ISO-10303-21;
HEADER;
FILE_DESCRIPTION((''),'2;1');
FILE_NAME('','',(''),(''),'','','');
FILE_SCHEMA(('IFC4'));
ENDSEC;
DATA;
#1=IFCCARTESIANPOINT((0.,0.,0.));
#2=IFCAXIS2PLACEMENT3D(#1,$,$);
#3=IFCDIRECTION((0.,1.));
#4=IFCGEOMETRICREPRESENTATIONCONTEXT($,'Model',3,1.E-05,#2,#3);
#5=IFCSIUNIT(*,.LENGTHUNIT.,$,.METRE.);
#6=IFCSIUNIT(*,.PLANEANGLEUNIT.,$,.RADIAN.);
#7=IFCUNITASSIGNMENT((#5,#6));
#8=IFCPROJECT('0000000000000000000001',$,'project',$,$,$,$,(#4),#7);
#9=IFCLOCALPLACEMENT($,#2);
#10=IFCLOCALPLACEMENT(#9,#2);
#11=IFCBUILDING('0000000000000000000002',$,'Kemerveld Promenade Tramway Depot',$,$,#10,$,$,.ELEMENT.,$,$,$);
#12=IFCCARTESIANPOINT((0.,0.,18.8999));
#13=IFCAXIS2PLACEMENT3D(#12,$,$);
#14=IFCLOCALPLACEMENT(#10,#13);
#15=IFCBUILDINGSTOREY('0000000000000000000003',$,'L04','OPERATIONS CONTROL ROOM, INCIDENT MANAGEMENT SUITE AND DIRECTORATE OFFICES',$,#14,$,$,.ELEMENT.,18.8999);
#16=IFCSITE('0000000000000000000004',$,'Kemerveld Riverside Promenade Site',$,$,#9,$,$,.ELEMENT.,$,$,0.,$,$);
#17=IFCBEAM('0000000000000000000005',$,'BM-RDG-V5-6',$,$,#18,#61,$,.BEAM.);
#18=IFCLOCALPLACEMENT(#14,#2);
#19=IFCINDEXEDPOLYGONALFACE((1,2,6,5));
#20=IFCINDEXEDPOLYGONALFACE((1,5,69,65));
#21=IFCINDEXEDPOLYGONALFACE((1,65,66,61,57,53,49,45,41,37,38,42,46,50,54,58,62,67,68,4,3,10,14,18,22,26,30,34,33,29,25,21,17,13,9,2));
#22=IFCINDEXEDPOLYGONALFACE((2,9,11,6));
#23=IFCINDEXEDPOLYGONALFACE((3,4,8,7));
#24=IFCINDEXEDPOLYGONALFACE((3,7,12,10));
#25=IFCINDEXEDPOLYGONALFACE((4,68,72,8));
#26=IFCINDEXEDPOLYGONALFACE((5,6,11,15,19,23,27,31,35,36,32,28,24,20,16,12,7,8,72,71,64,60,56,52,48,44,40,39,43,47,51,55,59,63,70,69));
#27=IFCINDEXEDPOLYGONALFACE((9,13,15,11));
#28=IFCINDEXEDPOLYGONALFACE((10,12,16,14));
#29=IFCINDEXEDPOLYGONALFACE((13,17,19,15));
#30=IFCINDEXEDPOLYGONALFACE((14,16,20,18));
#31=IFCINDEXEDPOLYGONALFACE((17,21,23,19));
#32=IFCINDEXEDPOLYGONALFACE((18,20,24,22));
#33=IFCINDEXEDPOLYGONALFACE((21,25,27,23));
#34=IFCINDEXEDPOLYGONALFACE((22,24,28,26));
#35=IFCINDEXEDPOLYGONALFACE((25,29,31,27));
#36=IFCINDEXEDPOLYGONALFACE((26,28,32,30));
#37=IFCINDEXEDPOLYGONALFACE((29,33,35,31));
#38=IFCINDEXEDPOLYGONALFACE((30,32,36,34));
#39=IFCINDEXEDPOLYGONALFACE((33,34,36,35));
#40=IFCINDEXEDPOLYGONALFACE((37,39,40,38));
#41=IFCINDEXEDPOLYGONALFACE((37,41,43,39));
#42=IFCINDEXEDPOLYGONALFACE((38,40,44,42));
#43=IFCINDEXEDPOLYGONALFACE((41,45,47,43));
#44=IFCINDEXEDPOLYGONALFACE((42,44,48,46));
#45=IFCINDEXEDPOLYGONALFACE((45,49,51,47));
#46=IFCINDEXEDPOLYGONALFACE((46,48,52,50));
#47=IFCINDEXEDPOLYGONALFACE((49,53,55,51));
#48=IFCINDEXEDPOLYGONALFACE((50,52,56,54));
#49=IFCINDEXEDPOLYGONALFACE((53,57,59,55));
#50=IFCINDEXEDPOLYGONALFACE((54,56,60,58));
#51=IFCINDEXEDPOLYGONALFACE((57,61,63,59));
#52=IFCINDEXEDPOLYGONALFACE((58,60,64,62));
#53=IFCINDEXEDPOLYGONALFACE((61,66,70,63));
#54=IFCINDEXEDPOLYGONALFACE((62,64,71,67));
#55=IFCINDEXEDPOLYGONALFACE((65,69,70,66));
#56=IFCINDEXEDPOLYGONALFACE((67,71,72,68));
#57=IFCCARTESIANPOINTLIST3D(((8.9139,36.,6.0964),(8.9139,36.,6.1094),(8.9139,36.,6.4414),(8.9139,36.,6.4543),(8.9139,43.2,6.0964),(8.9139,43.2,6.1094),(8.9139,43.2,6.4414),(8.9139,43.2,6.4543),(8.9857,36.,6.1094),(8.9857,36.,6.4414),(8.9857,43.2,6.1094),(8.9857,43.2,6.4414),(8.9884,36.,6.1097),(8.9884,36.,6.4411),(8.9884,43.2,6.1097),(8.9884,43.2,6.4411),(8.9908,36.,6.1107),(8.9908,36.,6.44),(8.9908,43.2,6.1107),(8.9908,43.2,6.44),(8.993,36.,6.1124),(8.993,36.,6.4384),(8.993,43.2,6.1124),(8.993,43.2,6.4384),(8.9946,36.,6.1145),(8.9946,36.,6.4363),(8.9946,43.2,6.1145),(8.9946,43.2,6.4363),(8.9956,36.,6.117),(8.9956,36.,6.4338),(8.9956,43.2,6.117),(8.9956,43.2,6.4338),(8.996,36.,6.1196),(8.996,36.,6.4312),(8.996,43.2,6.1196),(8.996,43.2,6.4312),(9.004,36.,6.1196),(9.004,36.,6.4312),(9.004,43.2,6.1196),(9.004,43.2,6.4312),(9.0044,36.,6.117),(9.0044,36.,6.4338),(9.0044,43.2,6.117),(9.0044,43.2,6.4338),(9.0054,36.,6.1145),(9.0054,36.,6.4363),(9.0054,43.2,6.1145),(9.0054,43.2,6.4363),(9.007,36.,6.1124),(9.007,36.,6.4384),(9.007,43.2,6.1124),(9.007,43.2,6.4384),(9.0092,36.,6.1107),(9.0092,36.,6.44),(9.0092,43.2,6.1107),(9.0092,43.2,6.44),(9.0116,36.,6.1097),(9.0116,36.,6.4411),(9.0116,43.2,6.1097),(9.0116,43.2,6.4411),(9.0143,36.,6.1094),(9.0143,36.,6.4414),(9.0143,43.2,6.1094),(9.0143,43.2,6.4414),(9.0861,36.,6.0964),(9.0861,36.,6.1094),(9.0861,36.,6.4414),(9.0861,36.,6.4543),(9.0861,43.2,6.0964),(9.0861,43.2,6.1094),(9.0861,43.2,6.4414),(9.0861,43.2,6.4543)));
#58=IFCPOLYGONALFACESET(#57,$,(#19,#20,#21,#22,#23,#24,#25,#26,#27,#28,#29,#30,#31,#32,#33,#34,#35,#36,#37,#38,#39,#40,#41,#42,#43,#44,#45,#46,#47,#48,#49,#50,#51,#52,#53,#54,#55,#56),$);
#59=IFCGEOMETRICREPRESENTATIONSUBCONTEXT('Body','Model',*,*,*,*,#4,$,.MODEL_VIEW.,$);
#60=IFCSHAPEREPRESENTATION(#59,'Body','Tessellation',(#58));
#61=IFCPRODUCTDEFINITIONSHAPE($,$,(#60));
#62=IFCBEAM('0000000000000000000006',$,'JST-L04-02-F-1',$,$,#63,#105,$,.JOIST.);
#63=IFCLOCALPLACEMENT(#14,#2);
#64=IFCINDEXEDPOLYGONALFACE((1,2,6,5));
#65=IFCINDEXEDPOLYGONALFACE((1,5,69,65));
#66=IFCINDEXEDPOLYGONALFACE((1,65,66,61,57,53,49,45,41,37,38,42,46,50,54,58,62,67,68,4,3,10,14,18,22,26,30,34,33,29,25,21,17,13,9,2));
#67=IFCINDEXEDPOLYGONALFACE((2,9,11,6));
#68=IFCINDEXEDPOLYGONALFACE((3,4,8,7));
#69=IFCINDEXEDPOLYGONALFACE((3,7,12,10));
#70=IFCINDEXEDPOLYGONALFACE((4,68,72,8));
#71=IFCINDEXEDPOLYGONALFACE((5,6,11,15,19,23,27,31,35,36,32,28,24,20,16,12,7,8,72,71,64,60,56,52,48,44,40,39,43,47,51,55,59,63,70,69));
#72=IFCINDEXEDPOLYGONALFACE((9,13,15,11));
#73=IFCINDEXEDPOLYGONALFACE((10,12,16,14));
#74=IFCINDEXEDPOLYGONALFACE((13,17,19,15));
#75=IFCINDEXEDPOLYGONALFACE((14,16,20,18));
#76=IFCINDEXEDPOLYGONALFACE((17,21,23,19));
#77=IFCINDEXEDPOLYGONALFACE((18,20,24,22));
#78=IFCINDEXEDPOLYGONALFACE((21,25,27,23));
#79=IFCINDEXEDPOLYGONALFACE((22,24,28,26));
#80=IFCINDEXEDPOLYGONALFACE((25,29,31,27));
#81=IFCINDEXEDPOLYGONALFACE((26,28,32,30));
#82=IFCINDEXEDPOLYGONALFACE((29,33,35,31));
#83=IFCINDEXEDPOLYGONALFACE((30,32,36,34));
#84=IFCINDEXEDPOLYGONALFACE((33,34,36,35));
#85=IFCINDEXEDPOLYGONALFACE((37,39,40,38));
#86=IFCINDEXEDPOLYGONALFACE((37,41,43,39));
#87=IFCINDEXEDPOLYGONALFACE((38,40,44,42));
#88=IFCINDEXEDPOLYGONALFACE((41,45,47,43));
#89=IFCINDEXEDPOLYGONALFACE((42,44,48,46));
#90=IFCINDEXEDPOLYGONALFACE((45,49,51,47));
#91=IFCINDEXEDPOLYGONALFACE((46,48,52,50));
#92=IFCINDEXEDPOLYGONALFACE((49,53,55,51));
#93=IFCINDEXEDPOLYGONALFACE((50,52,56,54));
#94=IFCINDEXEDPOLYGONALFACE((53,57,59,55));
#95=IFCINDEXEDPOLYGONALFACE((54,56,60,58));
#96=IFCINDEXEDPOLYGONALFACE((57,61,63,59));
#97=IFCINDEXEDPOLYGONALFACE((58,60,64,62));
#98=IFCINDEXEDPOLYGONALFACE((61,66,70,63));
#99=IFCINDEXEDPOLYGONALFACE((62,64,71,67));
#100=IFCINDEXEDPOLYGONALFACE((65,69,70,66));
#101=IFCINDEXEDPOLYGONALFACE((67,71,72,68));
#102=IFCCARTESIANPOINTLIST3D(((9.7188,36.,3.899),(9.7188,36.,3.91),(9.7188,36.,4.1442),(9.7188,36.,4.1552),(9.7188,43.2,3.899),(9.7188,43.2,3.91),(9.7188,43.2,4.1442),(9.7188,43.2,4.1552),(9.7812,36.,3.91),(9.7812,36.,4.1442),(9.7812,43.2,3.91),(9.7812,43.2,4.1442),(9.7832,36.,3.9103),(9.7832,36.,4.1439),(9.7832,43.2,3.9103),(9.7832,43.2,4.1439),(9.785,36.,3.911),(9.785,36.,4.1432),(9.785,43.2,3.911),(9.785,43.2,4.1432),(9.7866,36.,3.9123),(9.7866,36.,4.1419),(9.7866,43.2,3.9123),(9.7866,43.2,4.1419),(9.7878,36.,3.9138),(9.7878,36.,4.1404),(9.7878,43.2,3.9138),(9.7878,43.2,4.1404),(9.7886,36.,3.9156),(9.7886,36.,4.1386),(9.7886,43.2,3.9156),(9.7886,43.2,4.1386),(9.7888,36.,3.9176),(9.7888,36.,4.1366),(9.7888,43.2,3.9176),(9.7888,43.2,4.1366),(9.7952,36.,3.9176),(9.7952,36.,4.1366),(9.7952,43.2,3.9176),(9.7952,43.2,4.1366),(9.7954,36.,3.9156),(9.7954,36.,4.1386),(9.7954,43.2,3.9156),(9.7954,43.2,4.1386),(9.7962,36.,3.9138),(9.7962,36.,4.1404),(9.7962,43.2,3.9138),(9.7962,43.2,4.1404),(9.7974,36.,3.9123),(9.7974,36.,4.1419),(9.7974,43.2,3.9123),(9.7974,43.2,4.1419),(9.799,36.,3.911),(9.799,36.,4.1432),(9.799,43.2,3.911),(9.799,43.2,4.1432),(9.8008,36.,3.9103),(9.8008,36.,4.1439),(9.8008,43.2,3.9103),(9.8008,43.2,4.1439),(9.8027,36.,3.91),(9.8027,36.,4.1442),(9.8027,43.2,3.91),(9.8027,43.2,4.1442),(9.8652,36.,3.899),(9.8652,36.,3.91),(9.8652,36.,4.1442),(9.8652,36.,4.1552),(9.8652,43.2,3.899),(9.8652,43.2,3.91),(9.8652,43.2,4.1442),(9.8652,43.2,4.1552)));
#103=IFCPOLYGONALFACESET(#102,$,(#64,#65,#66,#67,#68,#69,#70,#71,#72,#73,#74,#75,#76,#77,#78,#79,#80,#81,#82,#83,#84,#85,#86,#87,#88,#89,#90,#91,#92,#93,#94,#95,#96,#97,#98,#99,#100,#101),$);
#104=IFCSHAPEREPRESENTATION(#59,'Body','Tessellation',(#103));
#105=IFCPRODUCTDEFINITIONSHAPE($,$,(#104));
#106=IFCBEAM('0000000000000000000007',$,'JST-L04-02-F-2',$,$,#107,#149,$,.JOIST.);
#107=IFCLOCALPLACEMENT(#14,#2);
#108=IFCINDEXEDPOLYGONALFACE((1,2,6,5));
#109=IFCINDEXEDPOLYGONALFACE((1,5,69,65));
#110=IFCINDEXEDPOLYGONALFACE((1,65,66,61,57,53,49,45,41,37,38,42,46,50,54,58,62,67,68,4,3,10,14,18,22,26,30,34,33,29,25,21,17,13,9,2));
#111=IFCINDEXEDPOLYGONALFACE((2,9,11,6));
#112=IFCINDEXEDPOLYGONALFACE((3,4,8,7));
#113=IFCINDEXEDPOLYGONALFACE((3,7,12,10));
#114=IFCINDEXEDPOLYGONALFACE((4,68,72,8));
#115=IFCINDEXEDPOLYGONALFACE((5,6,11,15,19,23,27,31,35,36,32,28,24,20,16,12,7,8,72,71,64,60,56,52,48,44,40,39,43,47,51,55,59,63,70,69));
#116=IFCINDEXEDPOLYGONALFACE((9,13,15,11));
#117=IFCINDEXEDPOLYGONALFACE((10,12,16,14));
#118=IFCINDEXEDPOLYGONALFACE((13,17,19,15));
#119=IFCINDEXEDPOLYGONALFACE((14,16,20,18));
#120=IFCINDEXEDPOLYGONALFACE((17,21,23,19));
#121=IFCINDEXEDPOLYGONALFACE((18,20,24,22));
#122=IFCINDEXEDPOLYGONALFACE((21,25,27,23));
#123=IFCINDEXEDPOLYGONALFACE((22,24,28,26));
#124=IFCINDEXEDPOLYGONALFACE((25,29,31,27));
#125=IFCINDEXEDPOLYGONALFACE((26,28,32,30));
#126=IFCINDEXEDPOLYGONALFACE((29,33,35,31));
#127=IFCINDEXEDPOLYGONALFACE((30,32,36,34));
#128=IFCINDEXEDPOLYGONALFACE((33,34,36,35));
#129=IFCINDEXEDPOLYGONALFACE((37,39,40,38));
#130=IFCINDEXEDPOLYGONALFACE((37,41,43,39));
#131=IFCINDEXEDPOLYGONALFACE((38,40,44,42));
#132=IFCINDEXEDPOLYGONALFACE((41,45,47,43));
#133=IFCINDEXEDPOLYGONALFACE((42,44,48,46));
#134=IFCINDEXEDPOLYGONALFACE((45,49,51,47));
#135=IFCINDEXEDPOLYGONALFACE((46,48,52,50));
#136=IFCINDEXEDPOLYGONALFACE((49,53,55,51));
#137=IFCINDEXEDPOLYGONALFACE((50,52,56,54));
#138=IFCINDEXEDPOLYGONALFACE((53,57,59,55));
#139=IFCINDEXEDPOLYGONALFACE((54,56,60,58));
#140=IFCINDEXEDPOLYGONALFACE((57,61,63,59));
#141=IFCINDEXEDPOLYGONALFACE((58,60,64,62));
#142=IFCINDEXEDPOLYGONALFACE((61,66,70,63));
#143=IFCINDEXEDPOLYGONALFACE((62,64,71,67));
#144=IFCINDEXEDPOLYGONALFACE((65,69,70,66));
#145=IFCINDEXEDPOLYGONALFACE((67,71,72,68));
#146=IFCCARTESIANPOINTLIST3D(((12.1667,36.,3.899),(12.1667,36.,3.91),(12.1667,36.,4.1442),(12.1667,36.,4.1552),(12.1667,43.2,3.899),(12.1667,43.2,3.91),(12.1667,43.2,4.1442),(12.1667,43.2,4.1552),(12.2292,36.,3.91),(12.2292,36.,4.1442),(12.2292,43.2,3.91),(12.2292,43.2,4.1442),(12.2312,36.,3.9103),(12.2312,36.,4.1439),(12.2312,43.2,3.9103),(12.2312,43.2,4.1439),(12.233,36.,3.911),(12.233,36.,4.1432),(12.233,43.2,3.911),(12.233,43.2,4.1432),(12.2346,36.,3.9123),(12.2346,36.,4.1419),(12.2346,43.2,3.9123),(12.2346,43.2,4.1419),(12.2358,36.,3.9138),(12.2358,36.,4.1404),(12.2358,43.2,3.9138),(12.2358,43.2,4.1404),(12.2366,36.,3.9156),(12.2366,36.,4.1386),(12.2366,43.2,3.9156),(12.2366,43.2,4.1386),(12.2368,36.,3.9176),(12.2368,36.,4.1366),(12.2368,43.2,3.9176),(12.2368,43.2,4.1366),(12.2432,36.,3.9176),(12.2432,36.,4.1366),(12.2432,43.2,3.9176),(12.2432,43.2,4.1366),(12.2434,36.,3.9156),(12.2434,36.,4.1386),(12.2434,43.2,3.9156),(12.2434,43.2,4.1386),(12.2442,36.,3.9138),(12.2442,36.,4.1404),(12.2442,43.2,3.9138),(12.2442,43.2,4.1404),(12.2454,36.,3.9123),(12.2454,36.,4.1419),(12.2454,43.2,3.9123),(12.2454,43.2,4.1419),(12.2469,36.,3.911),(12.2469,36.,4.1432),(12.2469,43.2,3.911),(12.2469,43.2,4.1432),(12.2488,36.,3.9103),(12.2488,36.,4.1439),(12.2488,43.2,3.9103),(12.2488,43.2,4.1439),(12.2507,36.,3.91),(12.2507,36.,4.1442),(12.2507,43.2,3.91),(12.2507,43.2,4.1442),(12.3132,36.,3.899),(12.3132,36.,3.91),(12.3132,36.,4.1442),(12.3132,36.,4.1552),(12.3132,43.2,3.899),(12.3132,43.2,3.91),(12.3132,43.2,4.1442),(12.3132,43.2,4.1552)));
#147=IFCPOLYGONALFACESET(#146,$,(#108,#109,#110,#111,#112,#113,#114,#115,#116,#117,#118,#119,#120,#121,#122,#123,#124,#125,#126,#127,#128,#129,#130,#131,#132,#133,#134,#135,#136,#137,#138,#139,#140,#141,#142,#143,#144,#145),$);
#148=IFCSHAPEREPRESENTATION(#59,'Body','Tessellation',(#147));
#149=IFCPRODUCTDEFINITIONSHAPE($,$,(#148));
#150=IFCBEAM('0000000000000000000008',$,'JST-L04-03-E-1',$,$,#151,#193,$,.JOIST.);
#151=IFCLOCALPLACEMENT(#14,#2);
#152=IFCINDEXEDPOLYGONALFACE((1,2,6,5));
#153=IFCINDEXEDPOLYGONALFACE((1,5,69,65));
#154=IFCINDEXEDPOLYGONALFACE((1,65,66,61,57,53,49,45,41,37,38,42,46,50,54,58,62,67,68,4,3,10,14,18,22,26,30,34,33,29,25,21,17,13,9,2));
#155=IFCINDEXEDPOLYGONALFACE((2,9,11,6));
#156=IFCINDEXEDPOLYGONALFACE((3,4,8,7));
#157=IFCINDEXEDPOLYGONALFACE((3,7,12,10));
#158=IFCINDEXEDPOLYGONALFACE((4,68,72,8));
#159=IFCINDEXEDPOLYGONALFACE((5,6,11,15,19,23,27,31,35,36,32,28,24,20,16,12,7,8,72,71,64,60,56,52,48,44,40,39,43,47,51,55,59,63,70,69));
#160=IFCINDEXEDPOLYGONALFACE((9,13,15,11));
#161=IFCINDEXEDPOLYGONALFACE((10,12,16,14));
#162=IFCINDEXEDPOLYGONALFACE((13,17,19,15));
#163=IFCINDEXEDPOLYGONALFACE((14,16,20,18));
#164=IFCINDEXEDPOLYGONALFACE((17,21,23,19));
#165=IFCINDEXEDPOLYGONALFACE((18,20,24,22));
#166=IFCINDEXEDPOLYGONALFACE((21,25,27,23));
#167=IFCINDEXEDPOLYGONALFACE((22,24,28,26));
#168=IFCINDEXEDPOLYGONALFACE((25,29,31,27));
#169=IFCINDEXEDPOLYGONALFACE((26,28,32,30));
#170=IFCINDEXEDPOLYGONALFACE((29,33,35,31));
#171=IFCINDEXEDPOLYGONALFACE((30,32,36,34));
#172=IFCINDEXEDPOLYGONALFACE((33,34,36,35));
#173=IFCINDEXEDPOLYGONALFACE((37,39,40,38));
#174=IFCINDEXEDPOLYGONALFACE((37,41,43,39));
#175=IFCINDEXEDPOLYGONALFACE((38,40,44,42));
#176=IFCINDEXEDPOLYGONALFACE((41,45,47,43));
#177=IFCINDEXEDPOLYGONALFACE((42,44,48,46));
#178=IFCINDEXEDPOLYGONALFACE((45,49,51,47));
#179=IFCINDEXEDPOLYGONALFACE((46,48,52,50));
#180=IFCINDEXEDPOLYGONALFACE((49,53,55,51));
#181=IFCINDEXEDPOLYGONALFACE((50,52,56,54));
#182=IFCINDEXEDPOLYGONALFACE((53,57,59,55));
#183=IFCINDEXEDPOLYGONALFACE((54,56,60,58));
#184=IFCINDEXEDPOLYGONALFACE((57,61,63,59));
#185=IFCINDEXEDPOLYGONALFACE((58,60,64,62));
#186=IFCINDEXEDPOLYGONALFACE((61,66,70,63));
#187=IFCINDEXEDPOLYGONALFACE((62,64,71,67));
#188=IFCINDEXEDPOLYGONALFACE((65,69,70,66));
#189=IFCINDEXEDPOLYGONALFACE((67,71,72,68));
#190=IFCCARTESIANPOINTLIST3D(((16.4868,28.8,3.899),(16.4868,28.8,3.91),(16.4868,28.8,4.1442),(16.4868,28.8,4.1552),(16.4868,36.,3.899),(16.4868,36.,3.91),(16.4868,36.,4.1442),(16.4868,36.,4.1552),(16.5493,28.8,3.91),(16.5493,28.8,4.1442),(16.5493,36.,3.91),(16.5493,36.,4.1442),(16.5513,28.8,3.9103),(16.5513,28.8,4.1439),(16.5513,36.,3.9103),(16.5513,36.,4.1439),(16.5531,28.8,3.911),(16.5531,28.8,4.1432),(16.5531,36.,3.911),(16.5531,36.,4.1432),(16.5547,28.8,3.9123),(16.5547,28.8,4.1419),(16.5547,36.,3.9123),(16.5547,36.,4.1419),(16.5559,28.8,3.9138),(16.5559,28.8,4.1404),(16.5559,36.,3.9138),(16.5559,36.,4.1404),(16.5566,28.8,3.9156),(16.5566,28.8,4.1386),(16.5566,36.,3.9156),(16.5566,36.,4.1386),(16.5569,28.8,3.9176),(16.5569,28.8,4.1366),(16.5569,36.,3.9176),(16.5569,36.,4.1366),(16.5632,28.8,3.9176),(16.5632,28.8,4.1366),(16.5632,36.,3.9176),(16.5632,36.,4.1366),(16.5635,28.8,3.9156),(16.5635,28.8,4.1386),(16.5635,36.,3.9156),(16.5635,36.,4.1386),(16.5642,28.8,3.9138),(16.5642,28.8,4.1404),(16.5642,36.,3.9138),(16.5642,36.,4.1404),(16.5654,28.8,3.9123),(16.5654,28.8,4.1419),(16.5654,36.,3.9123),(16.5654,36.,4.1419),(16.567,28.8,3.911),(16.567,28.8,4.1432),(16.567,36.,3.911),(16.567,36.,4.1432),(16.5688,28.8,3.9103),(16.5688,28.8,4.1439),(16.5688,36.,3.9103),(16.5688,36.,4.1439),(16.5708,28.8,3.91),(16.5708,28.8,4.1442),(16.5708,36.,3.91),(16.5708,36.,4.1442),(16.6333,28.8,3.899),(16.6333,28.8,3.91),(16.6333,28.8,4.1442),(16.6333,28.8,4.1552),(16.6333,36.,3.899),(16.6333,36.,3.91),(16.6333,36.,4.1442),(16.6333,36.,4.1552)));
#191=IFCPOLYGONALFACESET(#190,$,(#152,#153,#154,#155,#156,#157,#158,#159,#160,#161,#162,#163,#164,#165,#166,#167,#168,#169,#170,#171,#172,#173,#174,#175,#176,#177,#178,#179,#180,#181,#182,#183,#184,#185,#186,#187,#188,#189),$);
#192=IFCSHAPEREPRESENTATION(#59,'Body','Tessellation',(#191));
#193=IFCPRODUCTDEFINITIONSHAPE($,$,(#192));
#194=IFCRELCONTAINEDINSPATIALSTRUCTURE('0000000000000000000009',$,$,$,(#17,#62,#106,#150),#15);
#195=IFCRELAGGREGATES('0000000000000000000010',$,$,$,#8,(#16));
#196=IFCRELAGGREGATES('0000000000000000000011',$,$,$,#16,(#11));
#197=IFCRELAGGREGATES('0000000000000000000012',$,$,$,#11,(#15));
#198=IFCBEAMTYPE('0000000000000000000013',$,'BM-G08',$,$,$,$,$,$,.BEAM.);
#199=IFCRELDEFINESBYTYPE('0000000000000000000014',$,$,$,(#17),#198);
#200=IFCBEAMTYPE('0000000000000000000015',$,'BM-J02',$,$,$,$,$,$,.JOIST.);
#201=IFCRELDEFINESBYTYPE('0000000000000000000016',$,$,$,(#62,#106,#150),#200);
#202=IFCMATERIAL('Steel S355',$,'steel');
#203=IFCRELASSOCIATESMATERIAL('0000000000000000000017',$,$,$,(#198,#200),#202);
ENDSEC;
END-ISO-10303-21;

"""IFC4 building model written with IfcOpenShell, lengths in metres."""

from ifc_helpers import new_model, si_unit, direction, frame, origin, origin_2d, place, context, subcontext, project, spatial, i_section, extrude, material, material_profile, profile_set, type_object, element, save


model = new_model("IFC4")

# Units and contexts
model_context = context("Model", 3, precision=1e-05, world=origin(), true_north=direction((0.0, 1.0)))
body_context = subcontext(model_context, "Body", "Model", "MODEL_VIEW")
ifc_project = project(units=[si_unit("LENGTHUNIT", "METRE"), si_unit("PLANEANGLEUNIT", "RADIAN")], contexts=[model_context])

# Site, building, storey
site_placement = place(None, origin())
site = spatial("IfcSite", under=ifc_project, at=site_placement, Name="Kemerveld Riverside Promenade Site", CompositionType="ELEMENT", RefElevation=0.0)
building_placement = place(site_placement, origin())
building = spatial("IfcBuilding", under=site, at=building_placement, Name="Kemerveld Promenade Tramway Depot", CompositionType="ELEMENT")
storey_placement = place(building_placement, frame((0.0, 0.0, 18.8999)))
storey = spatial("IfcBuildingStorey", under=building, at=storey_placement, Name="L04", Description="OPERATIONS CONTROL ROOM, INCIDENT MANAGEMENT SUITE AND DIRECTORATE OFFICES", CompositionType="ELEMENT", Elevation=18.8999)

# Shared definitions
ifc_material_1 = material(Name="Steel S355", Category="steel")

# Beams
ifc_material_profile_1 = material_profile(ifc_material_1, i_section(OverallWidth=0.1721, OverallDepth=0.3579, WebThickness=0.0081, FlangeThickness=0.0129, FilletRadius=0.0103, at=origin_2d()), Name="356x171x57 UB")
ifc_profile_set_1 = profile_set([ifc_material_profile_1], Name="Steel S355")
beam_type_1 = type_object("IfcBeamType", Name="BM-G08", PredefinedType="BEAM", material=ifc_profile_set_1)
for number, where, z_axis, x_axis, name in (
    (1, (9.0, 36.0, 6.2754), (0.0, 1.0, 0.0), (-1.0, 0.0, 0.0), "BM-RDG-V5-6"),
):
    element("IfcBeam", number, at=place(storey_placement, frame(where, z_axis=z_axis, x_axis=x_axis)), inside=storey, type_object=beam_type_1, Name=name, PredefinedType="BEAM", context=body_context, shape_type="SweptSolid", body=[
        extrude(i_section(OverallWidth=0.1721, OverallDepth=0.3579, WebThickness=0.0081, FlangeThickness=0.0129, FilletRadius=0.0103, at=origin_2d()), origin(), (0.0, 0.0, 1.0), 7.2),
    ])
ifc_material_profile_2 = material_profile(ifc_material_1, i_section(OverallWidth=0.1465, OverallDepth=0.2561, WebThickness=0.0063, FlangeThickness=0.011, FilletRadius=0.0076, at=origin_2d()), Name="254x146x37 UB")
ifc_profile_set_2 = profile_set([ifc_material_profile_2], Name="Steel S355")
beam_type_2 = type_object("IfcBeamType", Name="BM-J02", PredefinedType="JOIST", material=ifc_profile_set_2)
for number, where, z_axis, x_axis, name in (
    (2, (9.792, 36.0, 4.0271), (0.0, 1.0, 0.0), (-1.0, 0.0, 0.0), "JST-L04-02-F-1"),
    (3, (12.24, 36.0, 4.0271), (0.0, 1.0, 0.0), (-1.0, 0.0, 0.0), "JST-L04-02-F-2"),
    (4, (16.5601, 28.8, 4.0271), (0.0, 1.0, 0.0), (-1.0, 0.0, 0.0), "JST-L04-03-E-1"),
):
    element("IfcBeam", number, at=place(storey_placement, frame(where, z_axis=z_axis, x_axis=x_axis)), inside=storey, type_object=beam_type_2, Name=name, PredefinedType="JOIST", context=body_context, shape_type="SweptSolid", body=[
        extrude(i_section(OverallWidth=0.1465, OverallDepth=0.2561, WebThickness=0.0063, FlangeThickness=0.011, FilletRadius=0.0076, at=origin_2d()), origin(), (0.0, 0.0, 1.0), 7.2),
    ])

save(model, "model.ifc")
